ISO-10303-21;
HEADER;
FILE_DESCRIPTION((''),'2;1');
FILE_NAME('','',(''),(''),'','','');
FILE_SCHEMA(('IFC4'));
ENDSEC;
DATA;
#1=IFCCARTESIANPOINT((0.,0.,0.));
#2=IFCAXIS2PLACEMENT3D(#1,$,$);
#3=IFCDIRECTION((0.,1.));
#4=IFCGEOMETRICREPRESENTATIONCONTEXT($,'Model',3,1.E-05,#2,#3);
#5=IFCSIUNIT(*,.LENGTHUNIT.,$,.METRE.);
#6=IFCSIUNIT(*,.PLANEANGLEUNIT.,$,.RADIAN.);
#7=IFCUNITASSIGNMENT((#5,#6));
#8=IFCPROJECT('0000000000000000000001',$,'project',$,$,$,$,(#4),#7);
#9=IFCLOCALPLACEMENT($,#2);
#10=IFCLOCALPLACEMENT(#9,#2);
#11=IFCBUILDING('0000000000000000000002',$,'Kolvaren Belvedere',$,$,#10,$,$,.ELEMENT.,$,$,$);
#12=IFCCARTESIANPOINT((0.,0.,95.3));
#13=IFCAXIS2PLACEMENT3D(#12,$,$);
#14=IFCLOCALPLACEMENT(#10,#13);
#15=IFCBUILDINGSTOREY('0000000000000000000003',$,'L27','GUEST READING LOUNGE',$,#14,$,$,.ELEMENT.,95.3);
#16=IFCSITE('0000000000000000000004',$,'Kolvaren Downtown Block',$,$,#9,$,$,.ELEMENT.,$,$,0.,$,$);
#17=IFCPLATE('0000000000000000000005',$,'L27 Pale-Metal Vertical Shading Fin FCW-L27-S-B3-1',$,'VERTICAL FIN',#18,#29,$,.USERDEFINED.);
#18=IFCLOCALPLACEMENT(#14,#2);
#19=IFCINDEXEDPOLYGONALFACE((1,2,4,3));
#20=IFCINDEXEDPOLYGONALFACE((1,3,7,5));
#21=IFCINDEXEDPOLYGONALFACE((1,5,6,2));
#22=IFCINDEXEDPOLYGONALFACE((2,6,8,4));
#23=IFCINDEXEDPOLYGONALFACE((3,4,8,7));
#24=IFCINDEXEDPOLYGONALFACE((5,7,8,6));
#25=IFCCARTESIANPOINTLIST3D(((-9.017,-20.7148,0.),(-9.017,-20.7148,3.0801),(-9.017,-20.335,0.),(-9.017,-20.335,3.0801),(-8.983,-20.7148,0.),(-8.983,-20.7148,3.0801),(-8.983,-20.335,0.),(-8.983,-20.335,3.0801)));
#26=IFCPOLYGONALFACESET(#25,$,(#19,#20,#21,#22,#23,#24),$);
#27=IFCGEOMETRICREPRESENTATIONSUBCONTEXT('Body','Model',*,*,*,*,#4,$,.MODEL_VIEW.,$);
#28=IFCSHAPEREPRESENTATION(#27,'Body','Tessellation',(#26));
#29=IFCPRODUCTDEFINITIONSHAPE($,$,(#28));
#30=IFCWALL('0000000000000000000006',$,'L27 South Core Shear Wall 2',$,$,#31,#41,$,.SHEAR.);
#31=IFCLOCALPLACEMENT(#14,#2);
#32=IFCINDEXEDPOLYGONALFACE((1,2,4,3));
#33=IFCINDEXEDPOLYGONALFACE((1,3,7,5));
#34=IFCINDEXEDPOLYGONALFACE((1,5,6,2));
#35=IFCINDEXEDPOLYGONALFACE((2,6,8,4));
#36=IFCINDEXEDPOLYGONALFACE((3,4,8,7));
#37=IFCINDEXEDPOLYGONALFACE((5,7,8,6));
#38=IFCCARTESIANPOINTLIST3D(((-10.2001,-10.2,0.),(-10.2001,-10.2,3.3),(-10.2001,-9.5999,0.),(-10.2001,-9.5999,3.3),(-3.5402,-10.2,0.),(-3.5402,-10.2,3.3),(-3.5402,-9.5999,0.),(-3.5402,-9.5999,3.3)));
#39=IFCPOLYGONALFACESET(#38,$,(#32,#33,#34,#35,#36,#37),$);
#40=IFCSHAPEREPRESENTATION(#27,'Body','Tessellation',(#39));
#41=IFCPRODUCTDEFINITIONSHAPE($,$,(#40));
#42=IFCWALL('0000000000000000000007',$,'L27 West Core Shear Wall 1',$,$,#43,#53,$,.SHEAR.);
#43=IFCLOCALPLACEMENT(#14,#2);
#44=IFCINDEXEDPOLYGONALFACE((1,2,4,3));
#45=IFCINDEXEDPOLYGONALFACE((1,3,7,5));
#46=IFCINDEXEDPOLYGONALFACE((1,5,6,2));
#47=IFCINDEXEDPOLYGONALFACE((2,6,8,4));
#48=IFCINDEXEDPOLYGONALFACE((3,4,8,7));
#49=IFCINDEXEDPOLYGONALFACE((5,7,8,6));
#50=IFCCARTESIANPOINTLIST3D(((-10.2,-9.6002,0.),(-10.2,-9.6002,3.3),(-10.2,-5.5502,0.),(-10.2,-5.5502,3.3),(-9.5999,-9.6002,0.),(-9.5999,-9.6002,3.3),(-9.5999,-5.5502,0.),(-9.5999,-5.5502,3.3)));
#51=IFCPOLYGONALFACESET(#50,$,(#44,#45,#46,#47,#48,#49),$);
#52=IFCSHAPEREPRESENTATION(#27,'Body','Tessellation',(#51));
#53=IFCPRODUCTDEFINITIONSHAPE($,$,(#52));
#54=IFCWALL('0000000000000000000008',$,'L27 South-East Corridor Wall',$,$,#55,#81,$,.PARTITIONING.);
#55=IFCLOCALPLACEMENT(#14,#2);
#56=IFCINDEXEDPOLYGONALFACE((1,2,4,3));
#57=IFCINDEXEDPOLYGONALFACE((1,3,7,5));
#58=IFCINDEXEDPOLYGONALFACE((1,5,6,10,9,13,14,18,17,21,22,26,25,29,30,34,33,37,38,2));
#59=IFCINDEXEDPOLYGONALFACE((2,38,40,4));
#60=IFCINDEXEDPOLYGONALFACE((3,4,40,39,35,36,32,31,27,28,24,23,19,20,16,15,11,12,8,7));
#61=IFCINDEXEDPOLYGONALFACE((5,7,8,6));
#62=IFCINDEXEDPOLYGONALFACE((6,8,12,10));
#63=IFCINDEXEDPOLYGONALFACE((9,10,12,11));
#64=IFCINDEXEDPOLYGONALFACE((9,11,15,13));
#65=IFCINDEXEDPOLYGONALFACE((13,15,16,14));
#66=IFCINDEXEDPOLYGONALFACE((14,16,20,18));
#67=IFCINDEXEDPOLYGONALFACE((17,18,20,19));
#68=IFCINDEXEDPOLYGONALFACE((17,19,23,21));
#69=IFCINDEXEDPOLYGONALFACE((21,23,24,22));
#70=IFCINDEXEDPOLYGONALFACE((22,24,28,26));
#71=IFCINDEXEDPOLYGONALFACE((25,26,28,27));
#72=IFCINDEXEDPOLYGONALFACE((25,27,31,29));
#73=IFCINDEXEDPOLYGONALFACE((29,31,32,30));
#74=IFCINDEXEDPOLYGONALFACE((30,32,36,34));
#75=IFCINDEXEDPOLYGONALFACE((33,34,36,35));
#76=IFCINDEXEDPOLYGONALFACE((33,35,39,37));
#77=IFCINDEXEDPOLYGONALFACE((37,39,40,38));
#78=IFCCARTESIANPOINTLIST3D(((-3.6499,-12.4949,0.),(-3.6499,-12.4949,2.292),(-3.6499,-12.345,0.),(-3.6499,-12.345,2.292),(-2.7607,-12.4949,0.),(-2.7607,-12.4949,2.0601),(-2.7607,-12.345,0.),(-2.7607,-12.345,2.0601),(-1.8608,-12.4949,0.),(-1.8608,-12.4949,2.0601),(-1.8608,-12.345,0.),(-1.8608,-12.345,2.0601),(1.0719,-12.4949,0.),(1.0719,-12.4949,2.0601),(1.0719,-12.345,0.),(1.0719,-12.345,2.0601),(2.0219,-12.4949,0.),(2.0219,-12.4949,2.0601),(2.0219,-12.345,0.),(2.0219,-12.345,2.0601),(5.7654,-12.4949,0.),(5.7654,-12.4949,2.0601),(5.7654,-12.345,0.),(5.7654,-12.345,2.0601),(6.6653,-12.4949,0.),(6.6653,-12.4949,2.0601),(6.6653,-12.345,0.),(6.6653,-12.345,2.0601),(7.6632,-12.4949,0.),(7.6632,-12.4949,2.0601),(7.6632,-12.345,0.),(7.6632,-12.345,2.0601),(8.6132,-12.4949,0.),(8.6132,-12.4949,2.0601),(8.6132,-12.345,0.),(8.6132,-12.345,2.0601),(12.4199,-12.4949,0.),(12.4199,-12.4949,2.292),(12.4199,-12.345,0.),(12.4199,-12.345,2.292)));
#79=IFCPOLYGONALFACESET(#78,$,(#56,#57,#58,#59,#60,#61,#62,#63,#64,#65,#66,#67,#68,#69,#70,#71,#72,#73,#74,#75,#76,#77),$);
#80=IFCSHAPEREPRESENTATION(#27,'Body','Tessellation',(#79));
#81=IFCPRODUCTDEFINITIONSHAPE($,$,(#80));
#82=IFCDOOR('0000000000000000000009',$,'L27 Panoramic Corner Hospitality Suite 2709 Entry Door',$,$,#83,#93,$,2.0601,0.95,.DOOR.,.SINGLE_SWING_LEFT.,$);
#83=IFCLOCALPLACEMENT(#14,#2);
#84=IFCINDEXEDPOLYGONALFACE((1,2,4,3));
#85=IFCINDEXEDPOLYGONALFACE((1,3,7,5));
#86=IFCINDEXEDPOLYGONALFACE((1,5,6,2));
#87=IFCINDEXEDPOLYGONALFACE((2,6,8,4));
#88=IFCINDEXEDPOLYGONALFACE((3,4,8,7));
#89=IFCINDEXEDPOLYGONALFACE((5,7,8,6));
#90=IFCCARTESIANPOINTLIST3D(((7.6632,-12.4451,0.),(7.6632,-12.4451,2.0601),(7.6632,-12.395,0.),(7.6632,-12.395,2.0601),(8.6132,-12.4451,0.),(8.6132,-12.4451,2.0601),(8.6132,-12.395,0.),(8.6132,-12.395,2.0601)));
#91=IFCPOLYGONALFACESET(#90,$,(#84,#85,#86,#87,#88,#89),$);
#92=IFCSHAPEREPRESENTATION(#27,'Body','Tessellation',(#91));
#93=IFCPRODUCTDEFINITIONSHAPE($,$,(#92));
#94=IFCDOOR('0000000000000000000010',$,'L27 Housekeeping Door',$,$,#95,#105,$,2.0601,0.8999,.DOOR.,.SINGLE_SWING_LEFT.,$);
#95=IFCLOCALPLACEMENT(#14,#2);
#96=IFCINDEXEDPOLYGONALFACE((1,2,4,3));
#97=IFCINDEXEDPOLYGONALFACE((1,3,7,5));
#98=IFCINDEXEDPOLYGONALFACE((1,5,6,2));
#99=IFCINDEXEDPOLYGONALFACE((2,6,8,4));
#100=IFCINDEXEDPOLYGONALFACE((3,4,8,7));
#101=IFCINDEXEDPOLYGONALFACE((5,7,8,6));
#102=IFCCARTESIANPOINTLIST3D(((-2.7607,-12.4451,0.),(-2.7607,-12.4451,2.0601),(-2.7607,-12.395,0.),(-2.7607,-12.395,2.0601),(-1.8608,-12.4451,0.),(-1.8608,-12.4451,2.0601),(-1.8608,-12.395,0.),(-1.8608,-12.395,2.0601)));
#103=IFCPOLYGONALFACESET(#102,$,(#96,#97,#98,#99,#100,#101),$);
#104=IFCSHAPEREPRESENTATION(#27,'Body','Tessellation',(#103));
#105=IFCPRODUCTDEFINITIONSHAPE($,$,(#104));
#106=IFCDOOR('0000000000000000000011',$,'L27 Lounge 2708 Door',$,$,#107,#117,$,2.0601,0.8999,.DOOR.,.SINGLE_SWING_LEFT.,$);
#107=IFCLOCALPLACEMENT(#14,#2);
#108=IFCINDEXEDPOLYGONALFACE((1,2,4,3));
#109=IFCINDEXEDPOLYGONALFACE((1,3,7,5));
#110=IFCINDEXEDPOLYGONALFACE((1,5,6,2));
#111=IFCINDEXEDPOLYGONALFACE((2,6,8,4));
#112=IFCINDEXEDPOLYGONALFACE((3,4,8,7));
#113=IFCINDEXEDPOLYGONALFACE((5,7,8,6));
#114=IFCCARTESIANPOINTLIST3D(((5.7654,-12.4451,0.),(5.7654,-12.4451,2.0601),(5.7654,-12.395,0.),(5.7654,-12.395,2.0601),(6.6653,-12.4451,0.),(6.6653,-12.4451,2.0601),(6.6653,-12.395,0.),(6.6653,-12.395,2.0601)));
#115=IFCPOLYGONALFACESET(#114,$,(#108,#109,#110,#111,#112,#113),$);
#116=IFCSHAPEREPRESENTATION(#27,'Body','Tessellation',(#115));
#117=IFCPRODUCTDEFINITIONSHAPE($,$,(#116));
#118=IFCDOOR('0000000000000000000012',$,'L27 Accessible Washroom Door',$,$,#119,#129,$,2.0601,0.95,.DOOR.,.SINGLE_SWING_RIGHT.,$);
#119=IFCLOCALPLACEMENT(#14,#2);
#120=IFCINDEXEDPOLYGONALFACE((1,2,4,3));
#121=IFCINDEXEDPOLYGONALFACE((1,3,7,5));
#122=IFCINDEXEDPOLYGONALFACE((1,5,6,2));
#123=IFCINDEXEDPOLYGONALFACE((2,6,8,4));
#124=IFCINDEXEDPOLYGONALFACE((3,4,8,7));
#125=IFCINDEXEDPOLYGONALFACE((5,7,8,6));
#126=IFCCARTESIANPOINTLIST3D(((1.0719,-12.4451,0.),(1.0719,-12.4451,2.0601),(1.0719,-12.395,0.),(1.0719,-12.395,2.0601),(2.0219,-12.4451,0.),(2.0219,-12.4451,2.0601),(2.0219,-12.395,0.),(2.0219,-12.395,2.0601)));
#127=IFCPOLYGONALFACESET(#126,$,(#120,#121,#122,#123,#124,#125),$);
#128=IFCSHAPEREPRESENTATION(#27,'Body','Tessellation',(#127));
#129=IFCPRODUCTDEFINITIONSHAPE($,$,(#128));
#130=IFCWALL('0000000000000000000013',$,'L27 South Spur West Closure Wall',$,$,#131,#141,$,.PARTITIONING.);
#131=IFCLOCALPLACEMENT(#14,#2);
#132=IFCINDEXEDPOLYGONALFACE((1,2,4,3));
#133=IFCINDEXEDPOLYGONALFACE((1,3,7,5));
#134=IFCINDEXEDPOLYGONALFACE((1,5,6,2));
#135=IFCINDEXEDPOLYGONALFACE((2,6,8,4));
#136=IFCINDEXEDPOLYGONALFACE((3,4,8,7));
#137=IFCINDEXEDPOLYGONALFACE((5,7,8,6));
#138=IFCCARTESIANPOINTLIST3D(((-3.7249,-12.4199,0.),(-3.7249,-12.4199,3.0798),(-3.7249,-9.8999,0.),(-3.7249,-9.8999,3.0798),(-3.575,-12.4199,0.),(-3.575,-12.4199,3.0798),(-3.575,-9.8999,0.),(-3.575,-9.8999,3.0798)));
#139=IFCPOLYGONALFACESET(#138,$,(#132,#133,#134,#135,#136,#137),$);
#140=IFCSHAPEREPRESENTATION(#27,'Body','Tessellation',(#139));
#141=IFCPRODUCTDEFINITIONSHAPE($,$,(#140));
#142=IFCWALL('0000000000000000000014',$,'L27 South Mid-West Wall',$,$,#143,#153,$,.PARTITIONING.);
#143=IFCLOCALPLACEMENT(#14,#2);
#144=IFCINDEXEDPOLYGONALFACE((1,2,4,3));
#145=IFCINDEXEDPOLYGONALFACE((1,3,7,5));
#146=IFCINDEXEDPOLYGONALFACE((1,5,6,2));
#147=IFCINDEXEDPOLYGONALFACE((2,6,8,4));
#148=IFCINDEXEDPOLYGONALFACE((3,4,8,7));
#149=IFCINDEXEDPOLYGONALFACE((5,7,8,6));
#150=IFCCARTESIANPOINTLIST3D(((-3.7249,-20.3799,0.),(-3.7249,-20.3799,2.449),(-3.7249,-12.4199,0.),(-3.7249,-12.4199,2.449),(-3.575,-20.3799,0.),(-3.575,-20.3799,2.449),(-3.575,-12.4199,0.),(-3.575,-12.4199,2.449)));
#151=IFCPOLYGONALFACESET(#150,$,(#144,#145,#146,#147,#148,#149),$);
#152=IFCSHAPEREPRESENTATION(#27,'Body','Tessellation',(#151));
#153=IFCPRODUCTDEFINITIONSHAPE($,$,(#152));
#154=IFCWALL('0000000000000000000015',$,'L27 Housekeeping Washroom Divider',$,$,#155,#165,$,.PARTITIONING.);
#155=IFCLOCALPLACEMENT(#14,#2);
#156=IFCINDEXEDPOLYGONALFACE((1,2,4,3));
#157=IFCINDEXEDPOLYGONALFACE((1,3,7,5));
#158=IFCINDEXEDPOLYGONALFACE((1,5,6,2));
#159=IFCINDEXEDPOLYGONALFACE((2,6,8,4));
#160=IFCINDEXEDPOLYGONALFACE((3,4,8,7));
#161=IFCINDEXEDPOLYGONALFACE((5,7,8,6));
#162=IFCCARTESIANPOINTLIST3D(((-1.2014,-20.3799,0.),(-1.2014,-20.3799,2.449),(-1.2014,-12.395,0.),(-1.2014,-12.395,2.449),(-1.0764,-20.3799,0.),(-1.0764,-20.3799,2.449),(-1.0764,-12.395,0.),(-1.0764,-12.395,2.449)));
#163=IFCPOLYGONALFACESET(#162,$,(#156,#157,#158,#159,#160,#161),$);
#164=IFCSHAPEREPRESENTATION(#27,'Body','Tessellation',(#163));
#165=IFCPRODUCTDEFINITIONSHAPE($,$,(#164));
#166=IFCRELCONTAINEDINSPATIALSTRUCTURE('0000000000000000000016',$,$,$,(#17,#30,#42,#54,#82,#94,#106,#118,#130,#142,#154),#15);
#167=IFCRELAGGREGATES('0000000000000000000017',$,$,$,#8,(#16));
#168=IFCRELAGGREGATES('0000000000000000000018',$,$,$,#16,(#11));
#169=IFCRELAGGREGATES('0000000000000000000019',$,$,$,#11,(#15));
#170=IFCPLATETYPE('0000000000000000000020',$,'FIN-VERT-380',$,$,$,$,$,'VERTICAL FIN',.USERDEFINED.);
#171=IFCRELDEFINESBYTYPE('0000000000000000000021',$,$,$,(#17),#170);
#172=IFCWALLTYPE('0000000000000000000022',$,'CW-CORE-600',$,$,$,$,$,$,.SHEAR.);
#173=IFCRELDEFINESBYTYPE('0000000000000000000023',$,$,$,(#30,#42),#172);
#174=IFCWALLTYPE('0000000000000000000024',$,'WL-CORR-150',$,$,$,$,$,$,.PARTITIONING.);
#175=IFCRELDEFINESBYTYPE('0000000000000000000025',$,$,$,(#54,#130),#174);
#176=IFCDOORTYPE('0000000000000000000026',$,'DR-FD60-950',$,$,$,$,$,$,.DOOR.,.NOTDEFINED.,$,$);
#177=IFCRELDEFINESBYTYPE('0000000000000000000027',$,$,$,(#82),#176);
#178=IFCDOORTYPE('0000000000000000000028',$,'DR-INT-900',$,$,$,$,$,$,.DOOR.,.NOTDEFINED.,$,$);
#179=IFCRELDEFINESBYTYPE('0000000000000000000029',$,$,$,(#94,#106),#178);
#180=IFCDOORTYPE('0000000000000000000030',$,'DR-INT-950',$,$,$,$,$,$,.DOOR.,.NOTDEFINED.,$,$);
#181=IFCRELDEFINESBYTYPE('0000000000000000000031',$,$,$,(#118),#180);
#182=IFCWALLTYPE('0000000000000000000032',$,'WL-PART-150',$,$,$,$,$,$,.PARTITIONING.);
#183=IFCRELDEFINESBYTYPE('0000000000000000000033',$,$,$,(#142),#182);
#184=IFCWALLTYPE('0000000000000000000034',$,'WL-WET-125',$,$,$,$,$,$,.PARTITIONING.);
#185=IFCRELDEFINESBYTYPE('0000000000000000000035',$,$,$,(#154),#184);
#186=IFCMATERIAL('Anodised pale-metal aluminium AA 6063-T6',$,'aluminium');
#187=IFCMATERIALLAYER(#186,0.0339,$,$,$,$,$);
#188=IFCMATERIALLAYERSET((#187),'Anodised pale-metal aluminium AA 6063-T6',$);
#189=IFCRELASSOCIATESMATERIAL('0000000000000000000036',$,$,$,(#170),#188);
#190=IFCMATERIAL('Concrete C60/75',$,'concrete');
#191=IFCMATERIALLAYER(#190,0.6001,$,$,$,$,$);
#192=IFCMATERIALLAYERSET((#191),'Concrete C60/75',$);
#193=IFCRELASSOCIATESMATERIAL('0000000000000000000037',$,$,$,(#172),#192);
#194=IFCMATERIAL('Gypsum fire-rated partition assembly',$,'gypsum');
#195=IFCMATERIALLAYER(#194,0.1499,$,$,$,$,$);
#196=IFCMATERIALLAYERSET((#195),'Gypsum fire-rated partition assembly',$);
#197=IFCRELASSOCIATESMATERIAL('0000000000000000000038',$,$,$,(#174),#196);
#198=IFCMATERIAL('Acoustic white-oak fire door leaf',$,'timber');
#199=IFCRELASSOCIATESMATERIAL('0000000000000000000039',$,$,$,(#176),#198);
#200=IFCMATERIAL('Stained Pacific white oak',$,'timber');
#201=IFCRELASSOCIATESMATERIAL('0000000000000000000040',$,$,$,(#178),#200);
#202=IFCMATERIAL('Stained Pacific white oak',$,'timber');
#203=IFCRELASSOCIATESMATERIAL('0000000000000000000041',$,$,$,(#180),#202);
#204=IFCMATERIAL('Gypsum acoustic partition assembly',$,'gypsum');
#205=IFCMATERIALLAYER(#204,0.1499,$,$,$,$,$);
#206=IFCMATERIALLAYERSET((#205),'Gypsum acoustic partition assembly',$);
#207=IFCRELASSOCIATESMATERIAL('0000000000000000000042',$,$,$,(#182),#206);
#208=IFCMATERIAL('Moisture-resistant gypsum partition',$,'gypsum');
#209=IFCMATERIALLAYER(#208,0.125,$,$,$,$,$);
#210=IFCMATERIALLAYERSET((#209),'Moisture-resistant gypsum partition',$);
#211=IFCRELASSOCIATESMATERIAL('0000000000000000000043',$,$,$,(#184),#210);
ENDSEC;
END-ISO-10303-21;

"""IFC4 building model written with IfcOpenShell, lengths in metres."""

from ifc_helpers import new_model, si_unit, direction, frame, frame_2d, origin, origin_2d, place, context, subcontext, project, spatial, rectangle, extrude, material, layer, layer_set, type_object, element, fill, save


model = new_model("IFC4")

# Units and contexts
model_context = context("Model", 3, precision=1e-05, world=origin(), true_north=direction((0.0, 1.0)))
body_context = subcontext(model_context, "Body", "Model", "MODEL_VIEW")
ifc_project = project(units=[si_unit("LENGTHUNIT", "METRE"), si_unit("PLANEANGLEUNIT", "RADIAN")], contexts=[model_context])

# Site, building, storey
site_placement = place(None, origin())
site = spatial("IfcSite", under=ifc_project, at=site_placement, Name="Kolvaren Downtown Block", CompositionType="ELEMENT", RefElevation=0.0)
building_placement = place(site_placement, origin())
building = spatial("IfcBuilding", under=site, at=building_placement, Name="Kolvaren Belvedere", CompositionType="ELEMENT")
storey_placement = place(building_placement, frame((0.0, 0.0, 95.3)))
storey = spatial("IfcBuildingStorey", under=building, at=storey_placement, Name="L27", Description="GUEST READING LOUNGE", CompositionType="ELEMENT", Elevation=95.3)

# Plate
ifc_material_1 = material(Name="Anodised pale-metal aluminium AA 6063-T6", Category="aluminium")
ifc_layer_1 = layer(ifc_material_1, 0.0339)
ifc_layer_set_1 = layer_set([ifc_layer_1], Name="Anodised pale-metal aluminium AA 6063-T6")
plate_type_1 = type_object("IfcPlateType", Name="FIN-VERT-380", ElementType="VERTICAL FIN", PredefinedType="USERDEFINED", material=ifc_layer_set_1)
plate_1_placement = place(storey_placement, frame((-9.0, -20.5249, 0.0), z_axis=(0.0, 0.0, 1.0), x_axis=(0.0, 1.0, 0.0)))
element("IfcPlate", 1, at=plate_1_placement, inside=storey, type_object=plate_type_1, Name="L27 Pale-Metal Vertical Shading Fin FCW-L27-S-B3-1", ObjectType="VERTICAL FIN", PredefinedType="USERDEFINED", context=body_context, shape_type="SweptSolid", body=[
    extrude(rectangle(XDim=0.3799, YDim=0.0339, at=origin_2d()), origin(), (0.0, 0.0, 1.0), 3.0801),
])

# Walls
ifc_material_2 = material(Name="Concrete C60/75", Category="concrete")
ifc_layer_2 = layer(ifc_material_2, 0.6001)
ifc_layer_set_2 = layer_set([ifc_layer_2], Name="Concrete C60/75")
wall_type_1 = type_object("IfcWallType", Name="CW-CORE-600", PredefinedType="SHEAR", material=ifc_layer_set_2)
wall_1_placement = place(storey_placement, frame((-3.54, -9.8999, 0.0), z_axis=(0.0, 0.0, 1.0), x_axis=(-1.0, 0.0, 0.0)))
element("IfcWall", 2, at=wall_1_placement, inside=storey, type_object=wall_type_1, Name="L27 South Core Shear Wall 2", PredefinedType="SHEAR", context=body_context, shape_type="SweptSolid", body=[
    extrude(rectangle(XDim=6.6599, YDim=0.6001, at=frame_2d((3.3301, 0.0))), origin(), (0.0, 0.0, 1.0), 3.3),
])
wall_2_placement = place(storey_placement, frame((-9.8999, -9.6001, 0.0), z_axis=(0.0, 0.0, 1.0), x_axis=(0.0, 1.0, 0.0)))
element("IfcWall", 3, at=wall_2_placement, inside=storey, type_object=wall_type_1, Name="L27 West Core Shear Wall 1", PredefinedType="SHEAR", context=body_context, shape_type="SweptSolid", body=[
    extrude(rectangle(XDim=4.05, YDim=0.6001, at=frame_2d((2.0249, 0.0))), origin(), (0.0, 0.0, 1.0), 3.3),
])

# Wall, openings, doors
ifc_material_3 = material(Name="Gypsum fire-rated partition assembly", Category="gypsum")
ifc_layer_3 = layer(ifc_material_3, 0.1499)
ifc_layer_set_3 = layer_set([ifc_layer_3], Name="Gypsum fire-rated partition assembly")
wall_type_2 = type_object("IfcWallType", Name="WL-CORR-150", PredefinedType="PARTITIONING", material=ifc_layer_set_3)
wall_3_placement = place(storey_placement, frame((-3.6499, -12.4199, 0.0), z_axis=(0.0, 0.0, 1.0), x_axis=(1.0, 0.0, 0.0)))
wall_3 = element("IfcWall", 4, at=wall_3_placement, inside=storey, type_object=wall_type_2, Name="L27 South-East Corridor Wall", PredefinedType="PARTITIONING", context=body_context, shape_type="SweptSolid", body=[
    extrude(rectangle(XDim=16.0698, YDim=0.1499, at=frame_2d((8.0349, 0.0))), origin(), (0.0, 0.0, 1.0), 2.292),
])
opening_1_placement = place(wall_3_placement, frame((0.8892, 0.0, 0.0)))
opening_1 = element("IfcOpeningElement", 5, at=opening_1_placement, cuts=wall_3, PredefinedType="OPENING", context=body_context, shape_type="SweptSolid", body=[
    extrude(rectangle(XDim=0.8999, YDim=2.0601, at=frame_2d((0.45, 1.03))), frame((0.0, 0.085, 0.0), z_axis=(0.0, -1.0, 0.0), x_axis=(1.0, 0.0, 0.0)), (0.0, 0.0, 1.0), 0.1699),
])
opening_2_placement = place(wall_3_placement, frame((4.7217, 0.0, 0.0)))
opening_2 = element("IfcOpeningElement", 6, at=opening_2_placement, cuts=wall_3, PredefinedType="OPENING", context=body_context, shape_type="SweptSolid", body=[
    extrude(rectangle(XDim=0.95, YDim=2.0601, at=frame_2d((0.4751, 1.03))), frame((0.0, 0.085, 0.0), z_axis=(0.0, -1.0, 0.0), x_axis=(1.0, 0.0, 0.0)), (0.0, 0.0, 1.0), 0.1699),
])
opening_3_placement = place(wall_3_placement, frame((9.4153, 0.0, 0.0)))
opening_3 = element("IfcOpeningElement", 7, at=opening_3_placement, cuts=wall_3, PredefinedType="OPENING", context=body_context, shape_type="SweptSolid", body=[
    extrude(rectangle(XDim=0.8999, YDim=2.0601, at=frame_2d((0.45, 1.03))), frame((0.0, 0.085, 0.0), z_axis=(0.0, -1.0, 0.0), x_axis=(1.0, 0.0, 0.0)), (0.0, 0.0, 1.0), 0.1699),
])
opening_4_placement = place(wall_3_placement, frame((11.313, 0.0, 0.0)))
opening_4 = element("IfcOpeningElement", 8, at=opening_4_placement, cuts=wall_3, PredefinedType="OPENING", context=body_context, shape_type="SweptSolid", body=[
    extrude(rectangle(XDim=0.95, YDim=2.0601, at=frame_2d((0.4751, 1.03))), frame((0.0, 0.085, 0.0), z_axis=(0.0, -1.0, 0.0), x_axis=(1.0, 0.0, 0.0)), (0.0, 0.0, 1.0), 0.1699),
])
ifc_material_4 = material(Name="Acoustic white-oak fire door leaf", Category="timber")
door_type_1 = type_object("IfcDoorType", Name="DR-FD60-950", OperationType="NOTDEFINED", PredefinedType="DOOR", material=ifc_material_4)
door_1_placement = place(opening_4_placement, origin())
door_1 = element("IfcDoor", 9, at=door_1_placement, inside=storey, type_object=door_type_1, Name="L27 Panoramic Corner Hospitality Suite 2709 Entry Door", OperationType="SINGLE_SWING_LEFT", OverallHeight=2.0601, OverallWidth=0.95, PredefinedType="DOOR", context=body_context, shape_type="SweptSolid", body=[
    extrude(rectangle(XDim=0.95, YDim=2.0601, at=frame_2d((0.4751, 1.03))), frame((0.0, 0.0249, 0.0), z_axis=(0.0, -1.0, 0.0), x_axis=(1.0, 0.0, 0.0)), (0.0, 0.0, 1.0), 0.05),
])
fill(opening_4, door_1)
ifc_material_5 = material(Name="Stained Pacific white oak", Category="timber")
door_type_2 = type_object("IfcDoorType", Name="DR-INT-900", OperationType="NOTDEFINED", PredefinedType="DOOR", material=ifc_material_5)
door_2_placement = place(opening_1_placement, origin())
door_2 = element("IfcDoor", 10, at=door_2_placement, inside=storey, type_object=door_type_2, Name="L27 Housekeeping Door", OperationType="SINGLE_SWING_LEFT", OverallHeight=2.0601, OverallWidth=0.8999, PredefinedType="DOOR", context=body_context, shape_type="SweptSolid", body=[
    extrude(rectangle(XDim=0.8999, YDim=2.0601, at=frame_2d((0.45, 1.03))), frame((0.0, 0.0249, 0.0), z_axis=(0.0, -1.0, 0.0), x_axis=(1.0, 0.0, 0.0)), (0.0, 0.0, 1.0), 0.05),
])
fill(opening_1, door_2)
door_3_placement = place(opening_3_placement, origin())
door_3 = element("IfcDoor", 11, at=door_3_placement, inside=storey, type_object=door_type_2, Name="L27 Lounge 2708 Door", OperationType="SINGLE_SWING_LEFT", OverallHeight=2.0601, OverallWidth=0.8999, PredefinedType="DOOR", context=body_context, shape_type="SweptSolid", body=[
    extrude(rectangle(XDim=0.8999, YDim=2.0601, at=frame_2d((0.45, 1.03))), frame((0.0, 0.0249, 0.0), z_axis=(0.0, -1.0, 0.0), x_axis=(1.0, 0.0, 0.0)), (0.0, 0.0, 1.0), 0.05),
])
fill(opening_3, door_3)
ifc_material_6 = material(Name="Stained Pacific white oak", Category="timber")
door_type_3 = type_object("IfcDoorType", Name="DR-INT-950", OperationType="NOTDEFINED", PredefinedType="DOOR", material=ifc_material_6)
door_4_placement = place(opening_2_placement, origin())
door_4 = element("IfcDoor", 12, at=door_4_placement, inside=storey, type_object=door_type_3, Name="L27 Accessible Washroom Door", OperationType="SINGLE_SWING_RIGHT", OverallHeight=2.0601, OverallWidth=0.95, PredefinedType="DOOR", context=body_context, shape_type="SweptSolid", body=[
    extrude(rectangle(XDim=0.95, YDim=2.0601, at=frame_2d((0.4751, 1.03))), frame((0.0, 0.0249, 0.0), z_axis=(0.0, -1.0, 0.0), x_axis=(1.0, 0.0, 0.0)), (0.0, 0.0, 1.0), 0.05),
])
fill(opening_2, door_4)

# Walls
wall_4_placement = place(storey_placement, frame((-3.6499, -12.4199, 0.0), z_axis=(0.0, 0.0, 1.0), x_axis=(0.0, 1.0, 0.0)))
element("IfcWall", 13, at=wall_4_placement, inside=storey, type_object=wall_type_2, Name="L27 South Spur West Closure Wall", PredefinedType="PARTITIONING", context=body_context, shape_type="SweptSolid", body=[
    extrude(rectangle(XDim=2.52, YDim=0.1499, at=frame_2d((1.26, 0.0))), origin(), (0.0, 0.0, 1.0), 3.0798),
])
ifc_material_7 = material(Name="Gypsum acoustic partition assembly", Category="gypsum")
ifc_layer_4 = layer(ifc_material_7, 0.1499)
ifc_layer_set_4 = layer_set([ifc_layer_4], Name="Gypsum acoustic partition assembly")
wall_type_3 = type_object("IfcWallType", Name="WL-PART-150", PredefinedType="PARTITIONING", material=ifc_layer_set_4)
wall_5_placement = place(storey_placement, frame((-3.6499, -20.3799, 0.0), z_axis=(0.0, 0.0, 1.0), x_axis=(0.0, 1.0, 0.0)))
element("IfcWall", 14, at=wall_5_placement, inside=storey, type_object=wall_type_3, Name="L27 South Mid-West Wall", PredefinedType="PARTITIONING", context=body_context, shape_type="SweptSolid", body=[
    extrude(rectangle(XDim=7.96, YDim=0.1499, at=frame_2d((3.98, 0.0))), origin(), (0.0, 0.0, 1.0), 2.449),
])
ifc_material_8 = material(Name="Moisture-resistant gypsum partition", Category="gypsum")
ifc_layer_5 = layer(ifc_material_8, 0.125)
ifc_layer_set_5 = layer_set([ifc_layer_5], Name="Moisture-resistant gypsum partition")
wall_type_4 = type_object("IfcWallType", Name="WL-WET-125", PredefinedType="PARTITIONING", material=ifc_layer_set_5)
wall_6_placement = place(storey_placement, frame((-1.1389, -20.3799, 0.0), z_axis=(0.0, 0.0, 1.0), x_axis=(0.0, 1.0, 0.0)))
element("IfcWall", 15, at=wall_6_placement, inside=storey, type_object=wall_type_4, Name="L27 Housekeeping Washroom Divider", PredefinedType="PARTITIONING", context=body_context, shape_type="SweptSolid", body=[
    extrude(rectangle(XDim=7.9849, YDim=0.125, at=frame_2d((3.9924, 0.0))), origin(), (0.0, 0.0, 1.0), 2.449),
])

save(model, "model.ifc")
